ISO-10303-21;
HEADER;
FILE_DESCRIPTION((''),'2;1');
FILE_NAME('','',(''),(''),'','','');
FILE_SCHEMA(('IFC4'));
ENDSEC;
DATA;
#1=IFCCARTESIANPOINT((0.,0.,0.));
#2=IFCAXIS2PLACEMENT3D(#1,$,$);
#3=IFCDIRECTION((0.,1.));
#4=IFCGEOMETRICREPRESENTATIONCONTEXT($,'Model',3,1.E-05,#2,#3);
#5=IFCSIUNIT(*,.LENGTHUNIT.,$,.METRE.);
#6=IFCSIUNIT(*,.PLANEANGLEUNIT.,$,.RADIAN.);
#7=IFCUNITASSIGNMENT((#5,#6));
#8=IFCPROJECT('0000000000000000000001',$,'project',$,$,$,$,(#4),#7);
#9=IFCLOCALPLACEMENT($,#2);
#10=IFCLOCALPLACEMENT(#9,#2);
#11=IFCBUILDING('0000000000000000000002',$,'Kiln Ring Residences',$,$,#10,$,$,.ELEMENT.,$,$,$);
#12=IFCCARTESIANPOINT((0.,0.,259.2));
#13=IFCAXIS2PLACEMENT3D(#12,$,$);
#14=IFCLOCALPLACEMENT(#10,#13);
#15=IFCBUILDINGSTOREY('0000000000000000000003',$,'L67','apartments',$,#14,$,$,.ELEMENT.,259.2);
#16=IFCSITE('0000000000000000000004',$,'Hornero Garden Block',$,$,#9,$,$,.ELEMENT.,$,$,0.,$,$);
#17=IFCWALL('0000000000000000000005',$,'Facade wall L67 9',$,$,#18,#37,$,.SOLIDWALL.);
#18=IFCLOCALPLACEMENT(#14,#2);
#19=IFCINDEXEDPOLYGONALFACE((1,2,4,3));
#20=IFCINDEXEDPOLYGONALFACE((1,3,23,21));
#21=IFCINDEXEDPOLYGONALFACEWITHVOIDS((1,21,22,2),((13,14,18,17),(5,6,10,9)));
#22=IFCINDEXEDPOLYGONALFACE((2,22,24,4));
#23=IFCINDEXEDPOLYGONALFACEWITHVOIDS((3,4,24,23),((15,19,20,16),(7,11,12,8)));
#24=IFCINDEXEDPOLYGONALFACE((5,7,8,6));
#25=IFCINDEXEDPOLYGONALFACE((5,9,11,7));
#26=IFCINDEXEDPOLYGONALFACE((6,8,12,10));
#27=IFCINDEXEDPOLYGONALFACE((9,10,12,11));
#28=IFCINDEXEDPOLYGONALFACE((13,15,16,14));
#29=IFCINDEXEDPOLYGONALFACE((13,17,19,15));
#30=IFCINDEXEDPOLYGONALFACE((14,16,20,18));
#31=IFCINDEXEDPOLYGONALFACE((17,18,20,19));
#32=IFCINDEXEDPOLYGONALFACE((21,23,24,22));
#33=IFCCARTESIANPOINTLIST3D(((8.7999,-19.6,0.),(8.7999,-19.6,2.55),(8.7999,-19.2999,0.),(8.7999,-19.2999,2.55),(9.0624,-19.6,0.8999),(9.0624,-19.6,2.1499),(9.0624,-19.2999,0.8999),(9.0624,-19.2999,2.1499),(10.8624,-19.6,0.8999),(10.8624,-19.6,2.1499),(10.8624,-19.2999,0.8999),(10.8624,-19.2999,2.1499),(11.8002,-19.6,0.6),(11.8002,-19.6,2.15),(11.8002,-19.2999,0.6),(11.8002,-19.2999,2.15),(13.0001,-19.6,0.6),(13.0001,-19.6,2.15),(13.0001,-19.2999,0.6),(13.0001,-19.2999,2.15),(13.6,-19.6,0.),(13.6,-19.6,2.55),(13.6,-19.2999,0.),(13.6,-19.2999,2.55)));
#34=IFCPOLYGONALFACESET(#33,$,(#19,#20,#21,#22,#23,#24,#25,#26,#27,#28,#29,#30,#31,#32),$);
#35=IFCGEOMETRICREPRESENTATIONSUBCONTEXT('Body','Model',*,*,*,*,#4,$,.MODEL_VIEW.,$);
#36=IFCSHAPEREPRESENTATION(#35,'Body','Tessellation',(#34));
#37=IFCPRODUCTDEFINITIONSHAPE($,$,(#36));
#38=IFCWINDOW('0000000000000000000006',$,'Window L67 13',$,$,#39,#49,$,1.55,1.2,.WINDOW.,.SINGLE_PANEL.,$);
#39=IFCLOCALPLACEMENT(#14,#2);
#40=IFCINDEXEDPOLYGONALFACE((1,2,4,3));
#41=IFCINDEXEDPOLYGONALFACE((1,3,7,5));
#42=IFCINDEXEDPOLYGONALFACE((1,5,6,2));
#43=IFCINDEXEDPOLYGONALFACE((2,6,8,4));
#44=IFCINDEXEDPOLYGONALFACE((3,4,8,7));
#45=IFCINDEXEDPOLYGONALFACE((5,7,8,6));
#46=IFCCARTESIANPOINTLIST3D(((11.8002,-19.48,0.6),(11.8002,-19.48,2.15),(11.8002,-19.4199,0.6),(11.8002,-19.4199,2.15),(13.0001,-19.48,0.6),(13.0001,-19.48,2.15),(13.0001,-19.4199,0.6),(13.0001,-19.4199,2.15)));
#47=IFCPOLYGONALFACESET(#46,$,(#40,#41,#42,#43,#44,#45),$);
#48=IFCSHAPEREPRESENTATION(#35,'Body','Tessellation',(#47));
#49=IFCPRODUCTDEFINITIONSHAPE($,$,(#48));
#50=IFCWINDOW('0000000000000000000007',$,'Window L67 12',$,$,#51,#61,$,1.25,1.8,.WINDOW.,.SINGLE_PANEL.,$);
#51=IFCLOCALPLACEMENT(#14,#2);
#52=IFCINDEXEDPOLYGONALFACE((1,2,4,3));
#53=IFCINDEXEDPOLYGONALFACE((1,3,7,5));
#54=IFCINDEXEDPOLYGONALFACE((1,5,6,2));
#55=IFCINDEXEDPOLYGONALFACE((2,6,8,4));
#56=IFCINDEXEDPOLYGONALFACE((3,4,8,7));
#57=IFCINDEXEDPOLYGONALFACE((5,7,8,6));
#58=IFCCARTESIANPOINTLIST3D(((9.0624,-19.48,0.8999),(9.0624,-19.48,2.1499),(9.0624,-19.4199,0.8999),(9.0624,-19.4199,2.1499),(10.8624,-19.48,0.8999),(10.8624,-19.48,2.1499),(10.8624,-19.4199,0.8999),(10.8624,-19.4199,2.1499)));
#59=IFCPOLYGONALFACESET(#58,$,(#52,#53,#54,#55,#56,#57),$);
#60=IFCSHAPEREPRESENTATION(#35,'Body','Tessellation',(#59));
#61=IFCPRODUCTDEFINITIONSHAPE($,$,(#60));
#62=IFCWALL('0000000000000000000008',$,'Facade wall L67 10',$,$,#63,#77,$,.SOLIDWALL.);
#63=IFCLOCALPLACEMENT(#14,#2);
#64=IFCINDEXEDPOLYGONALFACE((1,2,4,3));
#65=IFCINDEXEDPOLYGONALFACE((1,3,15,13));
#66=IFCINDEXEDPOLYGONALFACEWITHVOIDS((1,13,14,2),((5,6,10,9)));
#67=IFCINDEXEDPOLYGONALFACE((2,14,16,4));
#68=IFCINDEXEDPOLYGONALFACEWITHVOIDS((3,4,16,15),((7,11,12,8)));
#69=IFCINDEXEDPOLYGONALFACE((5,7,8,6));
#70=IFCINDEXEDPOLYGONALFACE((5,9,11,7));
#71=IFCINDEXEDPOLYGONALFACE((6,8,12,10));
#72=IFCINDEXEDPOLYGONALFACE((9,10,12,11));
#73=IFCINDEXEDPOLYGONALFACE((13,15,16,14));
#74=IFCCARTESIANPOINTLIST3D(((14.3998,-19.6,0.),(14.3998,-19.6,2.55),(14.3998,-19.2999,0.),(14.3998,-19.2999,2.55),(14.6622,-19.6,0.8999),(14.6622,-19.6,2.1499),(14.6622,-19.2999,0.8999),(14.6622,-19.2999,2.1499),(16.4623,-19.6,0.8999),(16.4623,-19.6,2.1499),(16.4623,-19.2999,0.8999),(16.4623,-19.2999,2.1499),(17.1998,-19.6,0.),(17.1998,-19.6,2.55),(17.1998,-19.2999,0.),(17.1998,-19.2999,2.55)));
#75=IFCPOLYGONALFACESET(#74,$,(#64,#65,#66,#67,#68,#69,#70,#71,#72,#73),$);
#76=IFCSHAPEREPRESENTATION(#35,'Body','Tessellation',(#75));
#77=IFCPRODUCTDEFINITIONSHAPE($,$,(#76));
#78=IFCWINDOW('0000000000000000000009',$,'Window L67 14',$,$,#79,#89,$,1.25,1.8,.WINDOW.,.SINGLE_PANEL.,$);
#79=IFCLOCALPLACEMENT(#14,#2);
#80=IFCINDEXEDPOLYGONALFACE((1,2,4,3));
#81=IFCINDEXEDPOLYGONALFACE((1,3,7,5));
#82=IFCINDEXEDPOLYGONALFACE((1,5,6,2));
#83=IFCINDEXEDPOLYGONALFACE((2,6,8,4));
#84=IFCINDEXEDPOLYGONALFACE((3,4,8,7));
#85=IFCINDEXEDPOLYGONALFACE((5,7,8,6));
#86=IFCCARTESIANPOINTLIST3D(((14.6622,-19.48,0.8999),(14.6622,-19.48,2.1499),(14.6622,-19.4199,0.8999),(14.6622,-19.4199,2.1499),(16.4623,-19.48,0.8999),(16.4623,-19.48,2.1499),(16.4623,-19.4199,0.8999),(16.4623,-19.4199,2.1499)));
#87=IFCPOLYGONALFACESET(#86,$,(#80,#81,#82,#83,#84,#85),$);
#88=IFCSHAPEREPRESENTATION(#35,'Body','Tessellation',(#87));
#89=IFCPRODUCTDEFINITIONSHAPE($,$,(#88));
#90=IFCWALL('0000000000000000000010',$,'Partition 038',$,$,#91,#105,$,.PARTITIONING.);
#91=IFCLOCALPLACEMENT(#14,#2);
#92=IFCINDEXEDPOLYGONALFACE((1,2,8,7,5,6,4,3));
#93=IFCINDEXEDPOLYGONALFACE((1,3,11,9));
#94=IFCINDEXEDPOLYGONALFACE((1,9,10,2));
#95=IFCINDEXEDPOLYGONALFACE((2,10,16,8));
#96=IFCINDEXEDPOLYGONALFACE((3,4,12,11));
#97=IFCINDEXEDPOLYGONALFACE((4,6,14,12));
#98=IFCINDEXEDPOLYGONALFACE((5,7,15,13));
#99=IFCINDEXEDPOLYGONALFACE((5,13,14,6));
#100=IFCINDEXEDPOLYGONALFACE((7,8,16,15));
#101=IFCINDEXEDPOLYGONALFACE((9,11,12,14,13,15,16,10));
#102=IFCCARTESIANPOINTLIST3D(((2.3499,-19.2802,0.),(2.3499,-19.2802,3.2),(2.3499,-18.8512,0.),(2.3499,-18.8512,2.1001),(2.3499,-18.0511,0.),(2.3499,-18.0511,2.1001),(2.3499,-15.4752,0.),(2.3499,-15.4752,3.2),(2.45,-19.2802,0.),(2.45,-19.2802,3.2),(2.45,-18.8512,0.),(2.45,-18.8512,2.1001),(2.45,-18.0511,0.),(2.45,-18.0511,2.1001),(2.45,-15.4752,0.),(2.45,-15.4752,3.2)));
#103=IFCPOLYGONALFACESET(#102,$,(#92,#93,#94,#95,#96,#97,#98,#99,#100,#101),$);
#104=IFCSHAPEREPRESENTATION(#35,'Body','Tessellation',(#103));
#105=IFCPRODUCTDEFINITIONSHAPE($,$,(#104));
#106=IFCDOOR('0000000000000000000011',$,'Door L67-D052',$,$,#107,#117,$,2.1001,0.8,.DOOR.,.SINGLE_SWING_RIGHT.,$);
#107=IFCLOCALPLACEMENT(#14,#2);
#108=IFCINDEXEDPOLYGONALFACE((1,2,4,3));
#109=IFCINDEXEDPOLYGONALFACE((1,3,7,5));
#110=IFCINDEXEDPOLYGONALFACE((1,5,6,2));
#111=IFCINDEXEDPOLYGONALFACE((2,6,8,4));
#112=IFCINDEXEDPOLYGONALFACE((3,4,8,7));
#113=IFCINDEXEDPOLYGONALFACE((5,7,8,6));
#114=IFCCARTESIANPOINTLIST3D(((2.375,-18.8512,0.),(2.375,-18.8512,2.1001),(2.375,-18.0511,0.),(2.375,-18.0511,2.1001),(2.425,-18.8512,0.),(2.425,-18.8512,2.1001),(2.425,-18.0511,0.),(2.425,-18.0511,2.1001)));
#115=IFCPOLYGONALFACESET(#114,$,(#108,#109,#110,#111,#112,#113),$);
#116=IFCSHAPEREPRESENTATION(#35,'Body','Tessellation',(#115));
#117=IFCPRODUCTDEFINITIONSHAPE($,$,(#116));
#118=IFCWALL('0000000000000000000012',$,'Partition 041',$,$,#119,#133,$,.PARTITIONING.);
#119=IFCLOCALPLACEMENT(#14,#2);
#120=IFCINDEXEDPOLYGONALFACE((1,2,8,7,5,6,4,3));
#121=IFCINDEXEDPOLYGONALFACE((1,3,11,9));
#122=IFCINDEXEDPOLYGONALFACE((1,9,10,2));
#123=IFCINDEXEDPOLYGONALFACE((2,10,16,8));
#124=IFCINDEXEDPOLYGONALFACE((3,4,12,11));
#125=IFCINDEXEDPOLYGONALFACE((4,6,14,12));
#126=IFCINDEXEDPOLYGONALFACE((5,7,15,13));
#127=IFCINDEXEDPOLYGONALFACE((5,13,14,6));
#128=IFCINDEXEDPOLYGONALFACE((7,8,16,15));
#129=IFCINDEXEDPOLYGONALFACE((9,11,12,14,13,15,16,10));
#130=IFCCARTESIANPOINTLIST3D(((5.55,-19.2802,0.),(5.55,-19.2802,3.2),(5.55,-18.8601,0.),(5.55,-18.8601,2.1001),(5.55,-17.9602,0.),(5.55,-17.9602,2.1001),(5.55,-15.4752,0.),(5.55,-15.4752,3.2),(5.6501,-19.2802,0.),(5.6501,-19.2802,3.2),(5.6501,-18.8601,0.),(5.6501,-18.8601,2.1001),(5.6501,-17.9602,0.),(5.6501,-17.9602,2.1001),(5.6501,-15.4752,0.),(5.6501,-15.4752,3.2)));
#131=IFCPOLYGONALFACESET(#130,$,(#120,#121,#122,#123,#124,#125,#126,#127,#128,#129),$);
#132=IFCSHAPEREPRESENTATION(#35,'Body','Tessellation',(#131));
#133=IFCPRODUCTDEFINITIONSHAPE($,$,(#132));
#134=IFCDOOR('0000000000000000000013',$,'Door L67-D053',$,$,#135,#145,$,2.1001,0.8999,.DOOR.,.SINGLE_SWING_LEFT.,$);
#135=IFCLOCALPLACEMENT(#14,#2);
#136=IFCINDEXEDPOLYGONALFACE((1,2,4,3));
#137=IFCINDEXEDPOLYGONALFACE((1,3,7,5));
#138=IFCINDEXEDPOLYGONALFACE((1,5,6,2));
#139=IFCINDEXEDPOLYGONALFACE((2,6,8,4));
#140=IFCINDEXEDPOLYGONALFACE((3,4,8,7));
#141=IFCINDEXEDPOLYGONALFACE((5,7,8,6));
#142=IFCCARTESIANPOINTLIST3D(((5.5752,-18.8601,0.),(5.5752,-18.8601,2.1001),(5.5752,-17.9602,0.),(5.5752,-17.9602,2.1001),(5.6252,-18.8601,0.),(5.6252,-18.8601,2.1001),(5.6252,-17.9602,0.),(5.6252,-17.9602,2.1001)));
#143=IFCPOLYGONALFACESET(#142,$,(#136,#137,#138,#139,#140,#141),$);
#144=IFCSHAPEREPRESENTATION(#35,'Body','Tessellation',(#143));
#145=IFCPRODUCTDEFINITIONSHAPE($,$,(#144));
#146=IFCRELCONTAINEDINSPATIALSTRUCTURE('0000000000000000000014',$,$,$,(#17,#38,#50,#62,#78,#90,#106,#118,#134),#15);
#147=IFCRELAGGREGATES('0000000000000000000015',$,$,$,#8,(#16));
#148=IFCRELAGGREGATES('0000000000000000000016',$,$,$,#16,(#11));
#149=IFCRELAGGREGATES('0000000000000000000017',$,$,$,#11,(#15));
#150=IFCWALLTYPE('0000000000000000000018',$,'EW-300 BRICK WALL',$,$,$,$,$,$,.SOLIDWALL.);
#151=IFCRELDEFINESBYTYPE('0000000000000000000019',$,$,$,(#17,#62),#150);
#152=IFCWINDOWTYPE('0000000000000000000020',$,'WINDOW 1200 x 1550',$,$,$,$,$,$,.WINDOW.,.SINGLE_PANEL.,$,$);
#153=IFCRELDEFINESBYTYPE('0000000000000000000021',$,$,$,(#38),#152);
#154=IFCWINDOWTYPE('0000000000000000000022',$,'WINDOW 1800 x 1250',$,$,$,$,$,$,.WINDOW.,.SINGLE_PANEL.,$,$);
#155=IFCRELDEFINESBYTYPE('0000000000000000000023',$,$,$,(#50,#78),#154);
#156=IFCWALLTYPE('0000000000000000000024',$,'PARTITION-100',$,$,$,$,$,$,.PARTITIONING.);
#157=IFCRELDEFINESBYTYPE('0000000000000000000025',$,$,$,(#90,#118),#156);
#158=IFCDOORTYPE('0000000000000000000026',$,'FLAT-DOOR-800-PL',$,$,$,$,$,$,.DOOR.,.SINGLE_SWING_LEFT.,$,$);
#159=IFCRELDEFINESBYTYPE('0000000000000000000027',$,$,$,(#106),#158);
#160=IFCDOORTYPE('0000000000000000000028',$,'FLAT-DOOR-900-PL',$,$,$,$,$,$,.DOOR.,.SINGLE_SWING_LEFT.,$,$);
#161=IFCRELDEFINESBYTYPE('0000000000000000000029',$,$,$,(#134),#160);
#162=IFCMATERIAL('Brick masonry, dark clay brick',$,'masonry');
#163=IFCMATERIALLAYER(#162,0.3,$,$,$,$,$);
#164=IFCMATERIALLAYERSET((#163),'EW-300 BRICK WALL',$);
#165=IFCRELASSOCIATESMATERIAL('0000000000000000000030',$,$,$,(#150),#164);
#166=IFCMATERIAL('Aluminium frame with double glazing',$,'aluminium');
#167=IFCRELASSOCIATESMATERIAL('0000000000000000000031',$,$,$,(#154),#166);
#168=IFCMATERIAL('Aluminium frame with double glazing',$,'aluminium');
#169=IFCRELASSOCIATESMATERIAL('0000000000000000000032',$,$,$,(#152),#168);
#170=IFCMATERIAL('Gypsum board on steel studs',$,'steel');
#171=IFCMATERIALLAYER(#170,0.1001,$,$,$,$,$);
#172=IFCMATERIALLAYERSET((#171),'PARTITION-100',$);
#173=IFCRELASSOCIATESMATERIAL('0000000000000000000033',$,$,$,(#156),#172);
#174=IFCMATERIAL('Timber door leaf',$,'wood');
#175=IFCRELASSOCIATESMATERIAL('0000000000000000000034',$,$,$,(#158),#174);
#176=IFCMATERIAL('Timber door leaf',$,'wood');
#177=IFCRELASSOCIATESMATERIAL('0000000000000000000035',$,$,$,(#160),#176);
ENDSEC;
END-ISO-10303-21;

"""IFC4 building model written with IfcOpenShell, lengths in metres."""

from ifc_helpers import new_model, si_unit, direction, frame, frame_2d, origin, place, context, subcontext, project, spatial, rectangle, extrude, material, layer, layer_set, type_object, element, fill, save


model = new_model("IFC4")

# Units and contexts
model_context = context("Model", 3, precision=1e-05, world=origin(), true_north=direction((0.0, 1.0)))
body_context = subcontext(model_context, "Body", "Model", "MODEL_VIEW")
ifc_project = project(units=[si_unit("LENGTHUNIT", "METRE"), si_unit("PLANEANGLEUNIT", "RADIAN")], contexts=[model_context])

# Site, building, storey
site_placement = place(None, origin())
site = spatial("IfcSite", under=ifc_project, at=site_placement, Name="Hornero Garden Block", CompositionType="ELEMENT", RefElevation=0.0)
building_placement = place(site_placement, origin())
building = spatial("IfcBuilding", under=site, at=building_placement, Name="Kiln Ring Residences", CompositionType="ELEMENT")
storey_placement = place(building_placement, frame((0.0, 0.0, 259.2)))
storey = spatial("IfcBuildingStorey", under=building, at=storey_placement, Name="L67", Description="apartments", CompositionType="ELEMENT", Elevation=259.2)

# Wall, openings, windows
ifc_material_1 = material(Name="Brick masonry, dark clay brick", Category="masonry")
ifc_layer_1 = layer(ifc_material_1, 0.3)
ifc_layer_set_1 = layer_set([ifc_layer_1], Name="EW-300 BRICK WALL")
wall_type_1 = type_object("IfcWallType", Name="EW-300 BRICK WALL", PredefinedType="SOLIDWALL", material=ifc_layer_set_1)
ifc_material_2 = material(Name="Aluminium frame with double glazing", Category="aluminium")
window_type_1 = type_object("IfcWindowType", Name="WINDOW 1800 x 1250", PartitioningType="SINGLE_PANEL", PredefinedType="WINDOW", material=ifc_material_2)
wall_1_placement = place(storey_placement, frame((8.8, -19.45, 0.0), z_axis=(0.0, 0.0, 1.0), x_axis=(1.0, 0.0, 0.0)))
wall_1 = element("IfcWall", 1, at=wall_1_placement, inside=storey, type_object=wall_type_1, Name="Facade wall L67 9", PredefinedType="SOLIDWALL", context=body_context, shape_type="SweptSolid", body=[
    extrude(rectangle(XDim=4.8, YDim=0.3, at=frame_2d((2.3999, 0.0))), origin(), (0.0, 0.0, 1.0), 2.55),
])
opening_1_placement = place(wall_1_placement, frame((0.2625, 0.0, 0.8999)))
opening_1 = element("IfcOpeningElement", 2, at=opening_1_placement, cuts=wall_1, PredefinedType="OPENING", context=body_context, shape_type="SweptSolid", body=[
    extrude(rectangle(XDim=1.8, YDim=1.25, at=frame_2d((0.8999, 0.625))), frame((0.0, 0.1599, 0.0), z_axis=(0.0, -1.0, 0.0), x_axis=(1.0, 0.0, 0.0)), (0.0, 0.0, 1.0), 0.3201),
])
opening_2_placement = place(wall_1_placement, frame((3.0, 0.0, 0.6001)))
opening_2 = element("IfcOpeningElement", 3, at=opening_2_placement, cuts=wall_1, PredefinedType="OPENING", context=body_context, shape_type="SweptSolid", body=[
    extrude(rectangle(XDim=1.2, YDim=1.55, at=frame_2d((0.6001, 0.7749))), frame((0.0, 0.1599, 0.0), z_axis=(0.0, -1.0, 0.0), x_axis=(1.0, 0.0, 0.0)), (0.0, 0.0, 1.0), 0.3201),
])
ifc_material_3 = material(Name="Aluminium frame with double glazing", Category="aluminium")
window_type_2 = type_object("IfcWindowType", Name="WINDOW 1200 x 1550", PartitioningType="SINGLE_PANEL", PredefinedType="WINDOW", material=ifc_material_3)
window_1_placement = place(opening_2_placement, origin())
window_1 = element("IfcWindow", 4, at=window_1_placement, inside=storey, type_object=window_type_2, Name="Window L67 13", OverallHeight=1.55, OverallWidth=1.2, PartitioningType="SINGLE_PANEL", PredefinedType="WINDOW", context=body_context, shape_type="SweptSolid", body=[
    extrude(rectangle(XDim=1.2, YDim=1.55, at=frame_2d((0.6001, 0.7749))), frame((0.0, 0.03, 0.0), z_axis=(0.0, -1.0, 0.0), x_axis=(1.0, 0.0, 0.0)), (0.0, 0.0, 1.0), 0.0601),
])
fill(opening_2, window_1)
window_2_placement = place(opening_1_placement, origin())
window_2 = element("IfcWindow", 5, at=window_2_placement, inside=storey, type_object=window_type_1, Name="Window L67 12", OverallHeight=1.25, OverallWidth=1.8, PartitioningType="SINGLE_PANEL", PredefinedType="WINDOW", context=body_context, shape_type="SweptSolid", body=[
    extrude(rectangle(XDim=1.8, YDim=1.25, at=frame_2d((0.8999, 0.625))), frame((0.0, 0.03, 0.0), z_axis=(0.0, -1.0, 0.0), x_axis=(1.0, 0.0, 0.0)), (0.0, 0.0, 1.0), 0.0601),
])
fill(opening_1, window_2)

# Wall, opening, window
wall_2_placement = place(storey_placement, frame((14.3999, -19.45, 0.0), z_axis=(0.0, 0.0, 1.0), x_axis=(1.0, 0.0, 0.0)))
wall_2 = element("IfcWall", 6, at=wall_2_placement, inside=storey, type_object=wall_type_1, Name="Facade wall L67 10", PredefinedType="SOLIDWALL", context=body_context, shape_type="SweptSolid", body=[
    extrude(rectangle(XDim=2.8, YDim=0.3, at=frame_2d((1.3999, 0.0))), origin(), (0.0, 0.0, 1.0), 2.55),
])
opening_3_placement = place(wall_2_placement, frame((0.2625, 0.0, 0.8999)))
opening_3 = element("IfcOpeningElement", 7, at=opening_3_placement, cuts=wall_2, PredefinedType="OPENING", context=body_context, shape_type="SweptSolid", body=[
    extrude(rectangle(XDim=1.8, YDim=1.25, at=frame_2d((0.8999, 0.625))), frame((0.0, 0.1599, 0.0), z_axis=(0.0, -1.0, 0.0), x_axis=(1.0, 0.0, 0.0)), (0.0, 0.0, 1.0), 0.3201),
])
window_3_placement = place(opening_3_placement, origin())
window_3 = element("IfcWindow", 8, at=window_3_placement, inside=storey, type_object=window_type_1, Name="Window L67 14", OverallHeight=1.25, OverallWidth=1.8, PartitioningType="SINGLE_PANEL", PredefinedType="WINDOW", context=body_context, shape_type="SweptSolid", body=[
    extrude(rectangle(XDim=1.8, YDim=1.25, at=frame_2d((0.8999, 0.625))), frame((0.0, 0.03, 0.0), z_axis=(0.0, -1.0, 0.0), x_axis=(1.0, 0.0, 0.0)), (0.0, 0.0, 1.0), 0.0601),
])
fill(opening_3, window_3)

# Walls, openings, doors
ifc_material_4 = material(Name="Gypsum board on steel studs", Category="steel")
ifc_layer_2 = layer(ifc_material_4, 0.1001)
ifc_layer_set_2 = layer_set([ifc_layer_2], Name="PARTITION-100")
wall_type_2 = type_object("IfcWallType", Name="PARTITION-100", PredefinedType="PARTITIONING", material=ifc_layer_set_2)
wall_3_placement = place(storey_placement, frame((2.3999, -19.28, 0.0), z_axis=(0.0, 0.0, 1.0), x_axis=(0.0, 1.0, 0.0)))
wall_3 = element("IfcWall", 9, at=wall_3_placement, inside=storey, type_object=wall_type_2, Name="Partition 038", PredefinedType="PARTITIONING", context=body_context, shape_type="SweptSolid", body=[
    extrude(rectangle(XDim=3.8049, YDim=0.1001, at=frame_2d((1.9023, 0.0))), origin(), (0.0, 0.0, 1.0), 3.2),
])
opening_4_placement = place(wall_3_placement, frame((0.429, 0.0, 0.0)))
opening_4 = element("IfcOpeningElement", 10, at=opening_4_placement, cuts=wall_3, PredefinedType="OPENING", context=body_context, shape_type="SweptSolid", body=[
    extrude(rectangle(XDim=0.8, YDim=2.1001, at=frame_2d((0.3999, 1.05))), frame((0.0, 0.0601, 0.0), z_axis=(0.0, -1.0, 0.0), x_axis=(1.0, 0.0, 0.0)), (0.0, 0.0, 1.0), 0.1201),
])
ifc_material_5 = material(Name="Timber door leaf", Category="wood")
door_type_1 = type_object("IfcDoorType", Name="FLAT-DOOR-800-PL", OperationType="SINGLE_SWING_LEFT", PredefinedType="DOOR", material=ifc_material_5)
door_1_placement = place(opening_4_placement, origin())
door_1 = element("IfcDoor", 11, at=door_1_placement, inside=storey, type_object=door_type_1, Name="Door L67-D052", OperationType="SINGLE_SWING_RIGHT", OverallHeight=2.1001, OverallWidth=0.8, PredefinedType="DOOR", context=body_context, shape_type="SweptSolid", body=[
    extrude(rectangle(XDim=0.8, YDim=2.1001, at=frame_2d((0.3999, 1.05))), frame((0.0, 0.0249, 0.0), z_axis=(0.0, -1.0, 0.0), x_axis=(1.0, 0.0, 0.0)), (0.0, 0.0, 1.0), 0.05),
])
fill(opening_4, door_1)
wall_4_placement = place(storey_placement, frame((5.6001, -19.28, 0.0), z_axis=(0.0, 0.0, 1.0), x_axis=(0.0, 1.0, 0.0)))
wall_4 = element("IfcWall", 12, at=wall_4_placement, inside=storey, type_object=wall_type_2, Name="Partition 041", PredefinedType="PARTITIONING", context=body_context, shape_type="SweptSolid", body=[
    extrude(rectangle(XDim=3.8049, YDim=0.1001, at=frame_2d((1.9023, 0.0))), origin(), (0.0, 0.0, 1.0), 3.2),
])
opening_5_placement = place(wall_4_placement, frame((0.4199, 0.0, 0.0)))
opening_5 = element("IfcOpeningElement", 13, at=opening_5_placement, cuts=wall_4, PredefinedType="OPENING", context=body_context, shape_type="SweptSolid", body=[
    extrude(rectangle(XDim=0.8999, YDim=2.1001, at=frame_2d((0.45, 1.05))), frame((0.0, 0.0601, 0.0), z_axis=(0.0, -1.0, 0.0), x_axis=(1.0, 0.0, 0.0)), (0.0, 0.0, 1.0), 0.1201),
])
ifc_material_6 = material(Name="Timber door leaf", Category="wood")
door_type_2 = type_object("IfcDoorType", Name="FLAT-DOOR-900-PL", OperationType="SINGLE_SWING_LEFT", PredefinedType="DOOR", material=ifc_material_6)
door_2_placement = place(opening_5_placement, origin())
door_2 = element("IfcDoor", 14, at=door_2_placement, inside=storey, type_object=door_type_2, Name="Door L67-D053", OperationType="SINGLE_SWING_LEFT", OverallHeight=2.1001, OverallWidth=0.8999, PredefinedType="DOOR", context=body_context, shape_type="SweptSolid", body=[
    extrude(rectangle(XDim=0.8999, YDim=2.1001, at=frame_2d((0.45, 1.05))), frame((0.0, 0.0249, 0.0), z_axis=(0.0, -1.0, 0.0), x_axis=(1.0, 0.0, 0.0)), (0.0, 0.0, 1.0), 0.05),
])
fill(opening_5, door_2)

save(model, "model.ifc")
